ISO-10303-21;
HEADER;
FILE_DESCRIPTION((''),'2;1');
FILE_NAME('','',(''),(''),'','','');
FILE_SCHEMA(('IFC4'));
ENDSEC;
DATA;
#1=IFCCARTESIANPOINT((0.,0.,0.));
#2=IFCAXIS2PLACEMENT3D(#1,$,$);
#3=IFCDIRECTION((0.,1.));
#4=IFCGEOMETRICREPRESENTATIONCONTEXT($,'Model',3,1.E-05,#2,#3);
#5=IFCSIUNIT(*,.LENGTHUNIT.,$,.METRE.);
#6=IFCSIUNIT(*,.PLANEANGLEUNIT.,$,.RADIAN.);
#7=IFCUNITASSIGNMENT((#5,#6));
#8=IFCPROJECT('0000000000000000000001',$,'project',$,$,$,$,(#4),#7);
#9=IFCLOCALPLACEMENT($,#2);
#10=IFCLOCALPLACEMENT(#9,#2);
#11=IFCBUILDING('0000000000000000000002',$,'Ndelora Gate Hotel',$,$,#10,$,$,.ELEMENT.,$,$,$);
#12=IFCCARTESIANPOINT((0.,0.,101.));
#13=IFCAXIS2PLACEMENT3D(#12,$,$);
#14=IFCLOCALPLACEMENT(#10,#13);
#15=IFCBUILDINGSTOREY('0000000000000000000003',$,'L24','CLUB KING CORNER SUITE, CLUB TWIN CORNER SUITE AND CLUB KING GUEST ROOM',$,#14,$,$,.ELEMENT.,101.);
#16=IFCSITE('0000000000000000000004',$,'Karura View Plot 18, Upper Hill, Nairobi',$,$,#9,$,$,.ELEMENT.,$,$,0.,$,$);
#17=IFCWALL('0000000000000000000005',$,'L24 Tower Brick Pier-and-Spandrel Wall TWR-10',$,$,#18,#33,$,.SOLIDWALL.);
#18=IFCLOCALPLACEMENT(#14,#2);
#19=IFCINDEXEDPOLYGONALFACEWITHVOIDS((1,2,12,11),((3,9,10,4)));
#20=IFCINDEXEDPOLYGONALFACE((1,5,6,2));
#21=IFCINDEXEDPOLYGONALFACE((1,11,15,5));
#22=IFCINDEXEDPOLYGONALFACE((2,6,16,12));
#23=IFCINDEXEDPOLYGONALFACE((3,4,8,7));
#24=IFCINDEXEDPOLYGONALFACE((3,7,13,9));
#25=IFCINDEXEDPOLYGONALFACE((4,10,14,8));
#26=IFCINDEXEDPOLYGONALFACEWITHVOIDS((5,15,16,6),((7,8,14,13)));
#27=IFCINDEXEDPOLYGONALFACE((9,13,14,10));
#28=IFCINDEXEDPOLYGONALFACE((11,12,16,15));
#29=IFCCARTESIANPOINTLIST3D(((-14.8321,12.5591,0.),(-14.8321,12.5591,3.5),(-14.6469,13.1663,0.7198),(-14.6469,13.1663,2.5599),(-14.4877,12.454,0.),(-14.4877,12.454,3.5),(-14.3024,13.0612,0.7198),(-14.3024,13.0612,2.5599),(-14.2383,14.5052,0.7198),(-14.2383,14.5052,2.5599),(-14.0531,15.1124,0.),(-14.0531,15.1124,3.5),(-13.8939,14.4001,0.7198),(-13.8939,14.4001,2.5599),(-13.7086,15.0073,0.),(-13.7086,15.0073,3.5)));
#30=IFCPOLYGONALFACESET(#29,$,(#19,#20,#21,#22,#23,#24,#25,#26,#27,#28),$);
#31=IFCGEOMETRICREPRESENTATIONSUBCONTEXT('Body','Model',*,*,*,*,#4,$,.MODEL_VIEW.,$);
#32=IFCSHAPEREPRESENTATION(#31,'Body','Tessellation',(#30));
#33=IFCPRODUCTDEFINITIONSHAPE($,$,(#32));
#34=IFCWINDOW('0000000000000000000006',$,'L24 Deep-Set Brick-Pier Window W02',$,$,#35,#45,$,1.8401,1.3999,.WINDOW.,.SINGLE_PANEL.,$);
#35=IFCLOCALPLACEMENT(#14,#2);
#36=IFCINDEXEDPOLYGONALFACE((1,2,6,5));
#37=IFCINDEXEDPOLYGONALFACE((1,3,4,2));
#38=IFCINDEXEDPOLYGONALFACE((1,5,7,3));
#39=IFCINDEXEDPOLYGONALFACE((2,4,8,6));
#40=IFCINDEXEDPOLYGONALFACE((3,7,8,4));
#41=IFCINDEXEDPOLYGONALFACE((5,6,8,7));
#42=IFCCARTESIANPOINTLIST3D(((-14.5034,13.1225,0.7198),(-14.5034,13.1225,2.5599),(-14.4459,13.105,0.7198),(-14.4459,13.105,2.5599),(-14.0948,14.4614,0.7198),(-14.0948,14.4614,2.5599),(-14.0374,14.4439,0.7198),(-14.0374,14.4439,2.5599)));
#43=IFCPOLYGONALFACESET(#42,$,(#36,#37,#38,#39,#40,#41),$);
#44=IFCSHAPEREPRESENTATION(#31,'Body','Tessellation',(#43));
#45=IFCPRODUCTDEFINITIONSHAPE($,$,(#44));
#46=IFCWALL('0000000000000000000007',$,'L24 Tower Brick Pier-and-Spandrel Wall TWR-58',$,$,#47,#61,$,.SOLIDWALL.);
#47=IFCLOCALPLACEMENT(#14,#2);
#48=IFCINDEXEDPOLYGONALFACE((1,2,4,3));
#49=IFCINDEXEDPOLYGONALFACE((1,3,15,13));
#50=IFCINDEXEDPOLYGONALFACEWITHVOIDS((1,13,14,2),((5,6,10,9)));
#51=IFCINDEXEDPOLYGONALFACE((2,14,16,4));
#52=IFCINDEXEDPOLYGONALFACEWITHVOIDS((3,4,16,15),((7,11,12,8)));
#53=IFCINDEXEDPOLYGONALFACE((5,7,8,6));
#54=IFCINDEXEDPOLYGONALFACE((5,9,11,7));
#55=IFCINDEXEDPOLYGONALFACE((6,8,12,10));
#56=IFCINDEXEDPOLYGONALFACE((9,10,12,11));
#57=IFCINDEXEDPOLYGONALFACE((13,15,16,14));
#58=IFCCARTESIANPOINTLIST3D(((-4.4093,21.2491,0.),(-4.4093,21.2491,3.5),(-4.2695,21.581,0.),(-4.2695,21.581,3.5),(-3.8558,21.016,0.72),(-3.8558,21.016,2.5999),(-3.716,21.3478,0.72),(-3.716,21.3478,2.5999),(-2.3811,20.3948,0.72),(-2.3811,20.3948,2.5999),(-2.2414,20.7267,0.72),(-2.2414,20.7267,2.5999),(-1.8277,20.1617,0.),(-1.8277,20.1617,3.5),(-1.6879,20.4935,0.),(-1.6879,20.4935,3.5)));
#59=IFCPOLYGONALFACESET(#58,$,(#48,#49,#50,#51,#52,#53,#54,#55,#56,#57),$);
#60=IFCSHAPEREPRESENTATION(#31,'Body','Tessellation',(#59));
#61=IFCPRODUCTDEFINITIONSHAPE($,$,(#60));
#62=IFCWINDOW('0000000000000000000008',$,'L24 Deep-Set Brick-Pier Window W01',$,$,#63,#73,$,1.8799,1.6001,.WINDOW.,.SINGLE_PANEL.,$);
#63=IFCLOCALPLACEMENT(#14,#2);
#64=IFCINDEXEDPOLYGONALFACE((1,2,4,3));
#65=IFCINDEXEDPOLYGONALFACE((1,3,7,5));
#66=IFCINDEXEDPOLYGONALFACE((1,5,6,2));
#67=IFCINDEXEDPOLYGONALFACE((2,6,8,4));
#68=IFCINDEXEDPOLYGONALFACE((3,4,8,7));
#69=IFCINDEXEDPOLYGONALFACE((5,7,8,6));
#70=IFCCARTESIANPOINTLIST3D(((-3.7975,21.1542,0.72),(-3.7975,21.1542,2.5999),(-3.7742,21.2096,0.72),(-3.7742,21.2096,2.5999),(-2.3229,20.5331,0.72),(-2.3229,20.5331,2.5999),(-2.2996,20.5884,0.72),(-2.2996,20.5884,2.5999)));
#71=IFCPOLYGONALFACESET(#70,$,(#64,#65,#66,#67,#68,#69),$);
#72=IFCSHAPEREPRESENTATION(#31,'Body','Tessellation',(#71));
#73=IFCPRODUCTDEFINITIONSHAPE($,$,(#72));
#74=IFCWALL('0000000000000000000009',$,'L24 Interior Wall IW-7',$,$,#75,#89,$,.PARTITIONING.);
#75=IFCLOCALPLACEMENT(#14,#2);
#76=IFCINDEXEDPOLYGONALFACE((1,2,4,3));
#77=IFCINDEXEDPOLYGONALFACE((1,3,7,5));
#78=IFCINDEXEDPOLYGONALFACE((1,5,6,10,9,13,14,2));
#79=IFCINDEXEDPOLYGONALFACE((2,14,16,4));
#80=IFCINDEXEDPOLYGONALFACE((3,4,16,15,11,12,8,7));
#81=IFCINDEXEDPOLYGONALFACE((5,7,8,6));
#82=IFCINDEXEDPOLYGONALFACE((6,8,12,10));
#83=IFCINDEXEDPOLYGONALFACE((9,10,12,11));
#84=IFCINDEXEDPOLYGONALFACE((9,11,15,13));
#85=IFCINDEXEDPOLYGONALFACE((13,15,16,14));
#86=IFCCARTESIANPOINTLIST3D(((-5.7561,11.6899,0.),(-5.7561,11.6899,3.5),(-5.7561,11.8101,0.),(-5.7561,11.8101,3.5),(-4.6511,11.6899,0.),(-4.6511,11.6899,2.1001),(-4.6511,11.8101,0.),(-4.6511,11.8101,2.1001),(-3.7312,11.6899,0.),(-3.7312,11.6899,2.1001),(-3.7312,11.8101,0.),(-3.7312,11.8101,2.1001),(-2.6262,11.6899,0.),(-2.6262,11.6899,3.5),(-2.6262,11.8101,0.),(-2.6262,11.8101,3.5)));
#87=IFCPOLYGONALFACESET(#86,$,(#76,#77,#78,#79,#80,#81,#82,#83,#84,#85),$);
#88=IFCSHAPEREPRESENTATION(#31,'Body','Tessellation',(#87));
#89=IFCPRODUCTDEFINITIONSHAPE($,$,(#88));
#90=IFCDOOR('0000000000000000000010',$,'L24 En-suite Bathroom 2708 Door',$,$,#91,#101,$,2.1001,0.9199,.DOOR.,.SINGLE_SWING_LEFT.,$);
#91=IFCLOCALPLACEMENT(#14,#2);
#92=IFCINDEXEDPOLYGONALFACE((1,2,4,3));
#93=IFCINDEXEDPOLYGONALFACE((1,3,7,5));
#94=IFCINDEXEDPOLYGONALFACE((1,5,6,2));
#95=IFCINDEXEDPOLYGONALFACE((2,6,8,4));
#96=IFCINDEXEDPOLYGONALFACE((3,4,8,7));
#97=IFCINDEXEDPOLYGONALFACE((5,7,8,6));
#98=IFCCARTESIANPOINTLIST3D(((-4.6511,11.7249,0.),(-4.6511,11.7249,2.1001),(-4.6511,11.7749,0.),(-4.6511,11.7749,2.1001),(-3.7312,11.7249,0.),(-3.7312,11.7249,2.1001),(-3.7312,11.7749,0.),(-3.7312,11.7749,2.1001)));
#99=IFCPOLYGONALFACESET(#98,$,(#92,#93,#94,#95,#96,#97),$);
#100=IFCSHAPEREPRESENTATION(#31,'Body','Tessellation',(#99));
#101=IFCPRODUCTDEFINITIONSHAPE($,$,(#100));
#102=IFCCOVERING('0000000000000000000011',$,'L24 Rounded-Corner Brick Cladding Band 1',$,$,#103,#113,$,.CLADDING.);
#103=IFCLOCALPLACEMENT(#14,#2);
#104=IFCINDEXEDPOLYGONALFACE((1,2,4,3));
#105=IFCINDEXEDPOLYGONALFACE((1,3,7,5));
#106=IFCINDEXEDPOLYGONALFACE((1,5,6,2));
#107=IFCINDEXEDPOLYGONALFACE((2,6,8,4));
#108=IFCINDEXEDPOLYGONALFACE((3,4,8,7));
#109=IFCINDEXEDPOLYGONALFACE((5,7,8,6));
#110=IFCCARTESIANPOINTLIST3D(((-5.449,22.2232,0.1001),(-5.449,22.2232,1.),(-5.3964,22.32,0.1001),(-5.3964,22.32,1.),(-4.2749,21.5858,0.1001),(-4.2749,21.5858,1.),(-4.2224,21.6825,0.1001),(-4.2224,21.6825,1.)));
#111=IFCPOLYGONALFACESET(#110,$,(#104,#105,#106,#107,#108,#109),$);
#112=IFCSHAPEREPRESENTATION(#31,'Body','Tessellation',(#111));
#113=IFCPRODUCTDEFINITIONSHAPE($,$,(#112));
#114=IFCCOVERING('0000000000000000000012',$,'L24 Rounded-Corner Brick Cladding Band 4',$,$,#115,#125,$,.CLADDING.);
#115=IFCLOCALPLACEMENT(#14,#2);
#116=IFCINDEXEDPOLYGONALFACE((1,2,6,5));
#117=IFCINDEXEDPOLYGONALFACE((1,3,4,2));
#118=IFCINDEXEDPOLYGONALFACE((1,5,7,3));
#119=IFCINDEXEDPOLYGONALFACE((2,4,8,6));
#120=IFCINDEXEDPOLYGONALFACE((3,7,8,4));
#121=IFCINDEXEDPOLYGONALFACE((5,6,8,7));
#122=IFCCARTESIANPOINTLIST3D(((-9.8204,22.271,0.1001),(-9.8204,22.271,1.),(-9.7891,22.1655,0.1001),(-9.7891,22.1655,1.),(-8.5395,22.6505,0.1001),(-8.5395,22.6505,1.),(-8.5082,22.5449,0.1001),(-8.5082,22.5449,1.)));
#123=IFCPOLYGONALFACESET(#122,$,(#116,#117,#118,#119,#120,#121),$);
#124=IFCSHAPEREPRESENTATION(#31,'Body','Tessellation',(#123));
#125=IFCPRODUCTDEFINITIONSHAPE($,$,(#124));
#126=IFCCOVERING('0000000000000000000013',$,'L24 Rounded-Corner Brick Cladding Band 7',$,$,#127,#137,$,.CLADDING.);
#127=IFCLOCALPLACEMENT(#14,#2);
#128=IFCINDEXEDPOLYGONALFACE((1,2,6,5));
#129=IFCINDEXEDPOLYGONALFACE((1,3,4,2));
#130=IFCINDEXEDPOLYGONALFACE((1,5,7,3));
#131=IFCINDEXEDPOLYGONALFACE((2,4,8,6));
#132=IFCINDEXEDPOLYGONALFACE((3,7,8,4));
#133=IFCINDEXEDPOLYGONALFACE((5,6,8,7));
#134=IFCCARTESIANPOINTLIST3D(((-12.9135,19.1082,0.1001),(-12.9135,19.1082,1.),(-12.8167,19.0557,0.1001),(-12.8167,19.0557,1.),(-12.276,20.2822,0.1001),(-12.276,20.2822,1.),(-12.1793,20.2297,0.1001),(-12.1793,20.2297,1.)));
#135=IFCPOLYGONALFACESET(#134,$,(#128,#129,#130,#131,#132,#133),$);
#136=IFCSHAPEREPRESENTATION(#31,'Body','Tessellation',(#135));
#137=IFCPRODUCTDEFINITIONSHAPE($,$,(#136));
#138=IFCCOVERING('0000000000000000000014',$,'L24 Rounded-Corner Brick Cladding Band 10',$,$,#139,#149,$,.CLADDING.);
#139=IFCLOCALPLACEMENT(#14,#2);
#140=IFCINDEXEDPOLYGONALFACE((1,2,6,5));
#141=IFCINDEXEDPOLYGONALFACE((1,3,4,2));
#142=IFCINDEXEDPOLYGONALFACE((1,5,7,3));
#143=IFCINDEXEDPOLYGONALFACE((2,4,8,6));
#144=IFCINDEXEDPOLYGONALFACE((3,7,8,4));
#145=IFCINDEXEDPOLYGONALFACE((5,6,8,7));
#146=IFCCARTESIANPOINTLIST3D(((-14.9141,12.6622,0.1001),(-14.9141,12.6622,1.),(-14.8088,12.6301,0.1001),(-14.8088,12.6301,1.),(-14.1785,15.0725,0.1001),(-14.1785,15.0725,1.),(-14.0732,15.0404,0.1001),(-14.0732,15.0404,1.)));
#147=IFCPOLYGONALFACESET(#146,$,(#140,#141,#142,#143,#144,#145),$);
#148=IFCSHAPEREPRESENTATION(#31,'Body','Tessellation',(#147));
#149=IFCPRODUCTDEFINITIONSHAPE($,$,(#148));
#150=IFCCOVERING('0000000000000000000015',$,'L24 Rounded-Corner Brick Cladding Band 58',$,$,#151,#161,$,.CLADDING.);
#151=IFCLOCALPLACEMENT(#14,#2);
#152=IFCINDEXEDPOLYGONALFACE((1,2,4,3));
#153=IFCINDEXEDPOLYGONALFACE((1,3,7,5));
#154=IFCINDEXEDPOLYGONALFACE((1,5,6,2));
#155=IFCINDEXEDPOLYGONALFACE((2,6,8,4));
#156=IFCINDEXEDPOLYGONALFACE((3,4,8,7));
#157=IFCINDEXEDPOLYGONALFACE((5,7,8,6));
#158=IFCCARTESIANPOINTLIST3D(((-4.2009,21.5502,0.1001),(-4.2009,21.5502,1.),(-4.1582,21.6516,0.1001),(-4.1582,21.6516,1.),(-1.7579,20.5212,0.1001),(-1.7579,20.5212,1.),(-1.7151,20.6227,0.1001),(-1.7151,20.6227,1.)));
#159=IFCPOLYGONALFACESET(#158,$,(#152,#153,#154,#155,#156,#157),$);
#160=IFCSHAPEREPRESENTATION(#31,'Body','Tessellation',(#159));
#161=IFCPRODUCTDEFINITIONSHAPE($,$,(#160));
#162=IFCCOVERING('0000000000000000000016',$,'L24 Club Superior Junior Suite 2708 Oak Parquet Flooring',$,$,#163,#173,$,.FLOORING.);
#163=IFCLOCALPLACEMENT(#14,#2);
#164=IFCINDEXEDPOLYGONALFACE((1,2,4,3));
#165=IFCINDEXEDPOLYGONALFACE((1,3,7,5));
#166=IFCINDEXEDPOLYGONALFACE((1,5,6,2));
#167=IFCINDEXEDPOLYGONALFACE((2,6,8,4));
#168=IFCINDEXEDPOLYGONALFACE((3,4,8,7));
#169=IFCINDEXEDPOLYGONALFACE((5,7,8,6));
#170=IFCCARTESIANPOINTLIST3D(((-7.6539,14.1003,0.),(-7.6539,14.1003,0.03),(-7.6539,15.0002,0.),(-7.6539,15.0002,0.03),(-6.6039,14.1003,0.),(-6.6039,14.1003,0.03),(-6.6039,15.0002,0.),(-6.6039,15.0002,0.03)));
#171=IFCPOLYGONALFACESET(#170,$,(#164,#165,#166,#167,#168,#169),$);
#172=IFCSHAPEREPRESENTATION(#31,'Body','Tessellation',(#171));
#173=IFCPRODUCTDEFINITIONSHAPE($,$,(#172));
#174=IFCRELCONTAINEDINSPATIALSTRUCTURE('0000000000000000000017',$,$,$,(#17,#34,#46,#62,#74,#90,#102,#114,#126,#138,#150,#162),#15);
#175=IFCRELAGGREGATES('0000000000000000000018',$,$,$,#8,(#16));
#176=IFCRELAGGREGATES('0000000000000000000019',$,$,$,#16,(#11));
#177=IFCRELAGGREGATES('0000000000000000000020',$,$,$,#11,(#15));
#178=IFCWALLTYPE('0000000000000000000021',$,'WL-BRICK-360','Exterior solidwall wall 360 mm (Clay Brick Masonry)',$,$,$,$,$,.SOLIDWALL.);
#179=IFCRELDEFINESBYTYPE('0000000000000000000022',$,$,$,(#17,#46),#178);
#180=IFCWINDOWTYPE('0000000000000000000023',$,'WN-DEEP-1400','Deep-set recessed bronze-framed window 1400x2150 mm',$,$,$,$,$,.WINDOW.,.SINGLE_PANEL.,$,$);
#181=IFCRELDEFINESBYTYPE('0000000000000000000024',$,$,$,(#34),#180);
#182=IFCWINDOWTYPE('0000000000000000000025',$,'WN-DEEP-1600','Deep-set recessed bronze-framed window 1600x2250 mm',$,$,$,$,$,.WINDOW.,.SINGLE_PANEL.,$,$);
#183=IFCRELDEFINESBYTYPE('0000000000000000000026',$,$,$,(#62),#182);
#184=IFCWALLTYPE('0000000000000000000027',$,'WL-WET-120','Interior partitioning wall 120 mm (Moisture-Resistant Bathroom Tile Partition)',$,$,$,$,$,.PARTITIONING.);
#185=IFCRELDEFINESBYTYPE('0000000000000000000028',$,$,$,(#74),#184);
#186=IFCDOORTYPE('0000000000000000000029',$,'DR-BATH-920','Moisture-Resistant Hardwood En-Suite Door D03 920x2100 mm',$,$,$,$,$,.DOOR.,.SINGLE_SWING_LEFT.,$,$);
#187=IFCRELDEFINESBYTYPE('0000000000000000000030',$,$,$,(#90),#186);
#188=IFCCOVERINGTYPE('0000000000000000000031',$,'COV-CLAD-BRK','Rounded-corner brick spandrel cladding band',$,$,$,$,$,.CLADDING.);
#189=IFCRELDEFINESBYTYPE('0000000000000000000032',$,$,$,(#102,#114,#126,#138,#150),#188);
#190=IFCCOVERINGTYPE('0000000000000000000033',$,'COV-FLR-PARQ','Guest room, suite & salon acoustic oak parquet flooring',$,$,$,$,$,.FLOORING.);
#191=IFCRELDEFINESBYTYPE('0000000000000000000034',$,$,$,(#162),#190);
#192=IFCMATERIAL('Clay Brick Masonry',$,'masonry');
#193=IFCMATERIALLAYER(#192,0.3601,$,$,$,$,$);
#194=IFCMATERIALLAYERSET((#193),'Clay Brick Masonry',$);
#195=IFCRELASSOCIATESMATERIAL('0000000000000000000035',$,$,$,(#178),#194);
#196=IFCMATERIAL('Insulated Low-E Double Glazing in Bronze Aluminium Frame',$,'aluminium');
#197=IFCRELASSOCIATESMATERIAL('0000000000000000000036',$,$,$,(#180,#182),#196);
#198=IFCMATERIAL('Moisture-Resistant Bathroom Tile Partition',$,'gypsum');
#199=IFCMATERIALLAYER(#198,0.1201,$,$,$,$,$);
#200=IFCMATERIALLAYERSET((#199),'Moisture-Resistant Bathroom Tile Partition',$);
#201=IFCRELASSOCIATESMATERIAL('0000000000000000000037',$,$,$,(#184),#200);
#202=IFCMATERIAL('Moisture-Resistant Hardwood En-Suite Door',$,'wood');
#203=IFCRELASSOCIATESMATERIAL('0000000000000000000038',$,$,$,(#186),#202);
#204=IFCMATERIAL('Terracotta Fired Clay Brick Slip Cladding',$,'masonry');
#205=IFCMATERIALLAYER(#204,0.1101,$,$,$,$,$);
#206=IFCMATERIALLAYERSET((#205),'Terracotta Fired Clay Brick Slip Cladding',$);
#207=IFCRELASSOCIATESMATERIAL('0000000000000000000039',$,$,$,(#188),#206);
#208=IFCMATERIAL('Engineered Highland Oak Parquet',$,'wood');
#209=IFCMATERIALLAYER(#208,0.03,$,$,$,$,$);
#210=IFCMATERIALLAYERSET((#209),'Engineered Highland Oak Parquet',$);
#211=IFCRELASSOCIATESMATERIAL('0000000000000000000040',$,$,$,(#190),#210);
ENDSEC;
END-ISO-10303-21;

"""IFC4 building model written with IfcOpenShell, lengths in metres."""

from ifc_helpers import new_model, si_unit, direction, frame, frame_2d, origin, origin_2d, place, context, subcontext, project, spatial, rectangle, extrude, material, layer, layer_set, type_object, element, fill, save


model = new_model("IFC4")

# Units and contexts
model_context = context("Model", 3, precision=1e-05, world=origin(), true_north=direction((0.0, 1.0)))
body_context = subcontext(model_context, "Body", "Model", "MODEL_VIEW")
ifc_project = project(units=[si_unit("LENGTHUNIT", "METRE"), si_unit("PLANEANGLEUNIT", "RADIAN")], contexts=[model_context])

# Site, building, storey
site_placement = place(None, origin())
site = spatial("IfcSite", under=ifc_project, at=site_placement, Name="Karura View Plot 18, Upper Hill, Nairobi", CompositionType="ELEMENT", RefElevation=0.0)
building_placement = place(site_placement, origin())
building = spatial("IfcBuilding", under=site, at=building_placement, Name="Ndelora Gate Hotel", CompositionType="ELEMENT")
storey_placement = place(building_placement, frame((0.0, 0.0, 101.0)))
storey = spatial("IfcBuildingStorey", under=building, at=storey_placement, Name="L24", Description="CLUB KING CORNER SUITE, CLUB TWIN CORNER SUITE AND CLUB KING GUEST ROOM", CompositionType="ELEMENT", Elevation=101.0)

# Shared definitions
ifc_material_1 = material(Name="Clay Brick Masonry", Category="masonry")
ifc_layer_1 = layer(ifc_material_1, 0.3601)
ifc_layer_set_1 = layer_set([ifc_layer_1], Name="Clay Brick Masonry")
wall_type_1 = type_object("IfcWallType", Name="WL-BRICK-360", Description="Exterior solidwall wall 360 mm (Clay Brick Masonry)", PredefinedType="SOLIDWALL", material=ifc_layer_set_1)

# Walls, openings, windows
ifc_material_2 = material(Name="Insulated Low-E Double Glazing in Bronze Aluminium Frame", Category="aluminium")
window_type_1 = type_object("IfcWindowType", Name="WN-DEEP-1400", Description="Deep-set recessed bronze-framed window 1400x2150 mm", PartitioningType="SINGLE_PANEL", PredefinedType="WINDOW", material=ifc_material_2)
wall_1_placement = place(storey_placement, frame((-14.6599, 12.5066, 0.0), z_axis=(0.0, 0.0, 1.0), x_axis=(0.291842, 0.956467, 0.0)))
wall_1 = element("IfcWall", 1, at=wall_1_placement, inside=storey, type_object=wall_type_1, Name="L24 Tower Brick Pier-and-Spandrel Wall TWR-10", PredefinedType="SOLIDWALL", context=body_context, shape_type="SweptSolid", body=[
    extrude(rectangle(XDim=2.6694, YDim=0.3601, at=frame_2d((1.3347, 0.0))), origin(), (0.0, 0.0, 1.0), 3.5),
])
opening_1_placement = place(wall_1_placement, frame((0.6348, 0.0, 0.72)))
opening_1 = element("IfcOpeningElement", 2, at=opening_1_placement, cuts=wall_1, PredefinedType="OPENING", context=body_context, shape_type="SweptSolid", body=[
    extrude(rectangle(XDim=1.3999, YDim=1.8401, at=frame_2d((0.7, 0.9199))), frame((0.0, 0.1899, 0.0), z_axis=(0.0, -1.0, 0.0), x_axis=(1.0, 0.0, 0.0)), (0.0, 0.0, 1.0), 0.3801),
])
window_1_placement = place(opening_1_placement, origin())
window_1 = element("IfcWindow", 3, at=window_1_placement, inside=storey, type_object=window_type_1, Name="L24 Deep-Set Brick-Pier Window W02", OverallHeight=1.8401, OverallWidth=1.3999, PartitioningType="SINGLE_PANEL", PredefinedType="WINDOW", context=body_context, shape_type="SweptSolid", body=[
    extrude(rectangle(XDim=1.3999, YDim=1.8401, at=frame_2d((0.7, 0.9199))), frame((0.0, 0.03, 0.0), z_axis=(0.0, -1.0, 0.0), x_axis=(1.0, 0.0, 0.0)), (0.0, 0.0, 1.0), 0.0601),
])
fill(opening_1, window_1)
wall_2_placement = place(storey_placement, frame((-4.3394, 21.415, 0.0), z_axis=(0.0, 0.0, 1.0), x_axis=(0.92158, -0.388189, 0.0)))
wall_2 = element("IfcWall", 4, at=wall_2_placement, inside=storey, type_object=wall_type_1, Name="L24 Tower Brick Pier-and-Spandrel Wall TWR-58", PredefinedType="SOLIDWALL", context=body_context, shape_type="SweptSolid", body=[
    extrude(rectangle(XDim=2.8013, YDim=0.3601, at=frame_2d((1.4006, 0.0))), origin(), (0.0, 0.0, 1.0), 3.5),
])
opening_2_placement = place(wall_2_placement, frame((0.6006, 0.0, 0.72)))
opening_2 = element("IfcOpeningElement", 5, at=opening_2_placement, cuts=wall_2, PredefinedType="OPENING", context=body_context, shape_type="SweptSolid", body=[
    extrude(rectangle(XDim=1.6001, YDim=1.8799, at=frame_2d((0.8, 0.9399))), frame((0.0, 0.1899, 0.0), z_axis=(0.0, -1.0, 0.0), x_axis=(1.0, 0.0, 0.0)), (0.0, 0.0, 1.0), 0.3801),
])
window_type_2 = type_object("IfcWindowType", Name="WN-DEEP-1600", Description="Deep-set recessed bronze-framed window 1600x2250 mm", PartitioningType="SINGLE_PANEL", PredefinedType="WINDOW", material=ifc_material_2)
window_2_placement = place(opening_2_placement, origin())
window_2 = element("IfcWindow", 6, at=window_2_placement, inside=storey, type_object=window_type_2, Name="L24 Deep-Set Brick-Pier Window W01", OverallHeight=1.8799, OverallWidth=1.6001, PartitioningType="SINGLE_PANEL", PredefinedType="WINDOW", context=body_context, shape_type="SweptSolid", body=[
    extrude(rectangle(XDim=1.6001, YDim=1.8799, at=frame_2d((0.8, 0.9399))), frame((0.0, 0.03, 0.0), z_axis=(0.0, -1.0, 0.0), x_axis=(1.0, 0.0, 0.0)), (0.0, 0.0, 1.0), 0.0601),
])
fill(opening_2, window_2)

# Wall, opening, door
ifc_material_3 = material(Name="Moisture-Resistant Bathroom Tile Partition", Category="gypsum")
ifc_layer_2 = layer(ifc_material_3, 0.1201)
ifc_layer_set_2 = layer_set([ifc_layer_2], Name="Moisture-Resistant Bathroom Tile Partition")
wall_type_2 = type_object("IfcWallType", Name="WL-WET-120", Description="Interior partitioning wall 120 mm (Moisture-Resistant Bathroom Tile Partition)", PredefinedType="PARTITIONING", material=ifc_layer_set_2)
wall_3_placement = place(storey_placement, frame((-5.7561, 11.75, 0.0), z_axis=(0.0, 0.0, 1.0), x_axis=(1.0, 0.0, 0.0)))
wall_3 = element("IfcWall", 7, at=wall_3_placement, inside=storey, type_object=wall_type_2, Name="L24 Interior Wall IW-7", PredefinedType="PARTITIONING", context=body_context, shape_type="SweptSolid", body=[
    extrude(rectangle(XDim=3.1299, YDim=0.1201, at=frame_2d((1.5649, 0.0))), origin(), (0.0, 0.0, 1.0), 3.5),
])
opening_3_placement = place(wall_3_placement, frame((1.105, 0.0, 0.0)))
opening_3 = element("IfcOpeningElement", 8, at=opening_3_placement, cuts=wall_3, PredefinedType="OPENING", context=body_context, shape_type="SweptSolid", body=[
    extrude(rectangle(XDim=0.9199, YDim=2.1001, at=frame_2d((0.46, 1.05))), frame((0.0, 0.0701, 0.0), z_axis=(0.0, -1.0, 0.0), x_axis=(1.0, 0.0, 0.0)), (0.0, 0.0, 1.0), 0.1401),
])
ifc_material_4 = material(Name="Moisture-Resistant Hardwood En-Suite Door", Category="wood")
door_type = type_object("IfcDoorType", Name="DR-BATH-920", Description="Moisture-Resistant Hardwood En-Suite Door D03 920x2100 mm", OperationType="SINGLE_SWING_LEFT", PredefinedType="DOOR", material=ifc_material_4)
door_placement = place(opening_3_placement, origin())
door = element("IfcDoor", 9, at=door_placement, inside=storey, type_object=door_type, Name="L24 En-suite Bathroom 2708 Door", OperationType="SINGLE_SWING_LEFT", OverallHeight=2.1001, OverallWidth=0.9199, PredefinedType="DOOR", context=body_context, shape_type="SweptSolid", body=[
    extrude(rectangle(XDim=0.9199, YDim=2.1001, at=frame_2d((0.46, 1.05))), frame((0.0, 0.0249, 0.0), z_axis=(0.0, -1.0, 0.0), x_axis=(1.0, 0.0, 0.0)), (0.0, 0.0, 1.0), 0.05),
])
fill(opening_3, door)

# Coverings
ifc_material_5 = material(Name="Terracotta Fired Clay Brick Slip Cladding", Category="masonry")
ifc_layer_3 = layer(ifc_material_5, 0.1101)
ifc_layer_set_3 = layer_set([ifc_layer_3], Name="Terracotta Fired Clay Brick Slip Cladding")
covering_type_1 = type_object("IfcCoveringType", Name="COV-CLAD-BRK", Description="Rounded-corner brick spandrel cladding band", PredefinedType="CLADDING", material=ifc_layer_set_3)
for number, where, z_axis, x_axis, name in (
    (10, (-4.8357, 21.9529, 0.1001), (0.0, 0.0, 1.0), (-0.878817, 0.477159, 0.0), "L24 Rounded-Corner Brick Cladding Band 1"),
    (11, (-9.1643, 22.408, 0.1001), (0.0, 0.0, 1.0), (0.95882, 0.284015, 0.0), "L24 Rounded-Corner Brick Cladding Band 4"),
    (12, (-12.5464, 19.6689, 0.1001), (0.0, 0.0, 1.0), (0.477159, 0.878817, 0.0), "L24 Rounded-Corner Brick Cladding Band 7"),
):
    element("IfcCovering", number, at=place(storey_placement, frame(where, z_axis=z_axis, x_axis=x_axis)), inside=storey, type_object=covering_type_1, Name=name, PredefinedType="CLADDING", context=body_context, shape_type="SweptSolid", body=[
        extrude(rectangle(XDim=1.3359, YDim=0.1101, at=origin_2d()), origin(), (0.0, 0.0, 1.0), 0.8999),
    ])
covering_1_placement = place(storey_placement, frame((-14.4937, 13.8513, 0.1001), z_axis=(0.0, 0.0, 1.0), x_axis=(0.291871, 0.956458, 0.0)))
element("IfcCovering", 13, at=covering_1_placement, inside=storey, type_object=covering_type_1, Name="L24 Rounded-Corner Brick Cladding Band 10", PredefinedType="CLADDING", context=body_context, shape_type="SweptSolid", body=[
    extrude(rectangle(XDim=2.52, YDim=0.1101, at=origin_2d()), origin(), (0.0, 0.0, 1.0), 0.8999),
])
covering_2_placement = place(storey_placement, frame((-2.958, 21.0864, 0.1001), z_axis=(0.0, 0.0, 1.0), x_axis=(-0.921592, 0.388159, 0.0)))
element("IfcCovering", 14, at=covering_2_placement, inside=storey, type_object=covering_type_1, Name="L24 Rounded-Corner Brick Cladding Band 58", PredefinedType="CLADDING", context=body_context, shape_type="SweptSolid", body=[
    extrude(rectangle(XDim=2.6509, YDim=0.1101, at=origin_2d()), origin(), (0.0, 0.0, 1.0), 0.8999),
])
ifc_material_6 = material(Name="Engineered Highland Oak Parquet", Category="wood")
ifc_layer_4 = layer(ifc_material_6, 0.03)
ifc_layer_set_4 = layer_set([ifc_layer_4], Name="Engineered Highland Oak Parquet")
covering_type_2 = type_object("IfcCoveringType", Name="COV-FLR-PARQ", Description="Guest room, suite & salon acoustic oak parquet flooring", PredefinedType="FLOORING", material=ifc_layer_set_4)
covering_3_placement = place(storey_placement, frame((-7.1289, 14.5503, 0.0), z_axis=(0.0, 0.0, 1.0), x_axis=(1.0, 0.0, 0.0)))
element("IfcCovering", 15, at=covering_3_placement, inside=storey, type_object=covering_type_2, Name="L24 Club Superior Junior Suite 2708 Oak Parquet Flooring", PredefinedType="FLOORING", context=body_context, shape_type="SweptSolid", body=[
    extrude(rectangle(XDim=1.05, YDim=0.8999, at=origin_2d()), origin(), (0.0, 0.0, 1.0), 0.03),
])

save(model, "model.ifc")
